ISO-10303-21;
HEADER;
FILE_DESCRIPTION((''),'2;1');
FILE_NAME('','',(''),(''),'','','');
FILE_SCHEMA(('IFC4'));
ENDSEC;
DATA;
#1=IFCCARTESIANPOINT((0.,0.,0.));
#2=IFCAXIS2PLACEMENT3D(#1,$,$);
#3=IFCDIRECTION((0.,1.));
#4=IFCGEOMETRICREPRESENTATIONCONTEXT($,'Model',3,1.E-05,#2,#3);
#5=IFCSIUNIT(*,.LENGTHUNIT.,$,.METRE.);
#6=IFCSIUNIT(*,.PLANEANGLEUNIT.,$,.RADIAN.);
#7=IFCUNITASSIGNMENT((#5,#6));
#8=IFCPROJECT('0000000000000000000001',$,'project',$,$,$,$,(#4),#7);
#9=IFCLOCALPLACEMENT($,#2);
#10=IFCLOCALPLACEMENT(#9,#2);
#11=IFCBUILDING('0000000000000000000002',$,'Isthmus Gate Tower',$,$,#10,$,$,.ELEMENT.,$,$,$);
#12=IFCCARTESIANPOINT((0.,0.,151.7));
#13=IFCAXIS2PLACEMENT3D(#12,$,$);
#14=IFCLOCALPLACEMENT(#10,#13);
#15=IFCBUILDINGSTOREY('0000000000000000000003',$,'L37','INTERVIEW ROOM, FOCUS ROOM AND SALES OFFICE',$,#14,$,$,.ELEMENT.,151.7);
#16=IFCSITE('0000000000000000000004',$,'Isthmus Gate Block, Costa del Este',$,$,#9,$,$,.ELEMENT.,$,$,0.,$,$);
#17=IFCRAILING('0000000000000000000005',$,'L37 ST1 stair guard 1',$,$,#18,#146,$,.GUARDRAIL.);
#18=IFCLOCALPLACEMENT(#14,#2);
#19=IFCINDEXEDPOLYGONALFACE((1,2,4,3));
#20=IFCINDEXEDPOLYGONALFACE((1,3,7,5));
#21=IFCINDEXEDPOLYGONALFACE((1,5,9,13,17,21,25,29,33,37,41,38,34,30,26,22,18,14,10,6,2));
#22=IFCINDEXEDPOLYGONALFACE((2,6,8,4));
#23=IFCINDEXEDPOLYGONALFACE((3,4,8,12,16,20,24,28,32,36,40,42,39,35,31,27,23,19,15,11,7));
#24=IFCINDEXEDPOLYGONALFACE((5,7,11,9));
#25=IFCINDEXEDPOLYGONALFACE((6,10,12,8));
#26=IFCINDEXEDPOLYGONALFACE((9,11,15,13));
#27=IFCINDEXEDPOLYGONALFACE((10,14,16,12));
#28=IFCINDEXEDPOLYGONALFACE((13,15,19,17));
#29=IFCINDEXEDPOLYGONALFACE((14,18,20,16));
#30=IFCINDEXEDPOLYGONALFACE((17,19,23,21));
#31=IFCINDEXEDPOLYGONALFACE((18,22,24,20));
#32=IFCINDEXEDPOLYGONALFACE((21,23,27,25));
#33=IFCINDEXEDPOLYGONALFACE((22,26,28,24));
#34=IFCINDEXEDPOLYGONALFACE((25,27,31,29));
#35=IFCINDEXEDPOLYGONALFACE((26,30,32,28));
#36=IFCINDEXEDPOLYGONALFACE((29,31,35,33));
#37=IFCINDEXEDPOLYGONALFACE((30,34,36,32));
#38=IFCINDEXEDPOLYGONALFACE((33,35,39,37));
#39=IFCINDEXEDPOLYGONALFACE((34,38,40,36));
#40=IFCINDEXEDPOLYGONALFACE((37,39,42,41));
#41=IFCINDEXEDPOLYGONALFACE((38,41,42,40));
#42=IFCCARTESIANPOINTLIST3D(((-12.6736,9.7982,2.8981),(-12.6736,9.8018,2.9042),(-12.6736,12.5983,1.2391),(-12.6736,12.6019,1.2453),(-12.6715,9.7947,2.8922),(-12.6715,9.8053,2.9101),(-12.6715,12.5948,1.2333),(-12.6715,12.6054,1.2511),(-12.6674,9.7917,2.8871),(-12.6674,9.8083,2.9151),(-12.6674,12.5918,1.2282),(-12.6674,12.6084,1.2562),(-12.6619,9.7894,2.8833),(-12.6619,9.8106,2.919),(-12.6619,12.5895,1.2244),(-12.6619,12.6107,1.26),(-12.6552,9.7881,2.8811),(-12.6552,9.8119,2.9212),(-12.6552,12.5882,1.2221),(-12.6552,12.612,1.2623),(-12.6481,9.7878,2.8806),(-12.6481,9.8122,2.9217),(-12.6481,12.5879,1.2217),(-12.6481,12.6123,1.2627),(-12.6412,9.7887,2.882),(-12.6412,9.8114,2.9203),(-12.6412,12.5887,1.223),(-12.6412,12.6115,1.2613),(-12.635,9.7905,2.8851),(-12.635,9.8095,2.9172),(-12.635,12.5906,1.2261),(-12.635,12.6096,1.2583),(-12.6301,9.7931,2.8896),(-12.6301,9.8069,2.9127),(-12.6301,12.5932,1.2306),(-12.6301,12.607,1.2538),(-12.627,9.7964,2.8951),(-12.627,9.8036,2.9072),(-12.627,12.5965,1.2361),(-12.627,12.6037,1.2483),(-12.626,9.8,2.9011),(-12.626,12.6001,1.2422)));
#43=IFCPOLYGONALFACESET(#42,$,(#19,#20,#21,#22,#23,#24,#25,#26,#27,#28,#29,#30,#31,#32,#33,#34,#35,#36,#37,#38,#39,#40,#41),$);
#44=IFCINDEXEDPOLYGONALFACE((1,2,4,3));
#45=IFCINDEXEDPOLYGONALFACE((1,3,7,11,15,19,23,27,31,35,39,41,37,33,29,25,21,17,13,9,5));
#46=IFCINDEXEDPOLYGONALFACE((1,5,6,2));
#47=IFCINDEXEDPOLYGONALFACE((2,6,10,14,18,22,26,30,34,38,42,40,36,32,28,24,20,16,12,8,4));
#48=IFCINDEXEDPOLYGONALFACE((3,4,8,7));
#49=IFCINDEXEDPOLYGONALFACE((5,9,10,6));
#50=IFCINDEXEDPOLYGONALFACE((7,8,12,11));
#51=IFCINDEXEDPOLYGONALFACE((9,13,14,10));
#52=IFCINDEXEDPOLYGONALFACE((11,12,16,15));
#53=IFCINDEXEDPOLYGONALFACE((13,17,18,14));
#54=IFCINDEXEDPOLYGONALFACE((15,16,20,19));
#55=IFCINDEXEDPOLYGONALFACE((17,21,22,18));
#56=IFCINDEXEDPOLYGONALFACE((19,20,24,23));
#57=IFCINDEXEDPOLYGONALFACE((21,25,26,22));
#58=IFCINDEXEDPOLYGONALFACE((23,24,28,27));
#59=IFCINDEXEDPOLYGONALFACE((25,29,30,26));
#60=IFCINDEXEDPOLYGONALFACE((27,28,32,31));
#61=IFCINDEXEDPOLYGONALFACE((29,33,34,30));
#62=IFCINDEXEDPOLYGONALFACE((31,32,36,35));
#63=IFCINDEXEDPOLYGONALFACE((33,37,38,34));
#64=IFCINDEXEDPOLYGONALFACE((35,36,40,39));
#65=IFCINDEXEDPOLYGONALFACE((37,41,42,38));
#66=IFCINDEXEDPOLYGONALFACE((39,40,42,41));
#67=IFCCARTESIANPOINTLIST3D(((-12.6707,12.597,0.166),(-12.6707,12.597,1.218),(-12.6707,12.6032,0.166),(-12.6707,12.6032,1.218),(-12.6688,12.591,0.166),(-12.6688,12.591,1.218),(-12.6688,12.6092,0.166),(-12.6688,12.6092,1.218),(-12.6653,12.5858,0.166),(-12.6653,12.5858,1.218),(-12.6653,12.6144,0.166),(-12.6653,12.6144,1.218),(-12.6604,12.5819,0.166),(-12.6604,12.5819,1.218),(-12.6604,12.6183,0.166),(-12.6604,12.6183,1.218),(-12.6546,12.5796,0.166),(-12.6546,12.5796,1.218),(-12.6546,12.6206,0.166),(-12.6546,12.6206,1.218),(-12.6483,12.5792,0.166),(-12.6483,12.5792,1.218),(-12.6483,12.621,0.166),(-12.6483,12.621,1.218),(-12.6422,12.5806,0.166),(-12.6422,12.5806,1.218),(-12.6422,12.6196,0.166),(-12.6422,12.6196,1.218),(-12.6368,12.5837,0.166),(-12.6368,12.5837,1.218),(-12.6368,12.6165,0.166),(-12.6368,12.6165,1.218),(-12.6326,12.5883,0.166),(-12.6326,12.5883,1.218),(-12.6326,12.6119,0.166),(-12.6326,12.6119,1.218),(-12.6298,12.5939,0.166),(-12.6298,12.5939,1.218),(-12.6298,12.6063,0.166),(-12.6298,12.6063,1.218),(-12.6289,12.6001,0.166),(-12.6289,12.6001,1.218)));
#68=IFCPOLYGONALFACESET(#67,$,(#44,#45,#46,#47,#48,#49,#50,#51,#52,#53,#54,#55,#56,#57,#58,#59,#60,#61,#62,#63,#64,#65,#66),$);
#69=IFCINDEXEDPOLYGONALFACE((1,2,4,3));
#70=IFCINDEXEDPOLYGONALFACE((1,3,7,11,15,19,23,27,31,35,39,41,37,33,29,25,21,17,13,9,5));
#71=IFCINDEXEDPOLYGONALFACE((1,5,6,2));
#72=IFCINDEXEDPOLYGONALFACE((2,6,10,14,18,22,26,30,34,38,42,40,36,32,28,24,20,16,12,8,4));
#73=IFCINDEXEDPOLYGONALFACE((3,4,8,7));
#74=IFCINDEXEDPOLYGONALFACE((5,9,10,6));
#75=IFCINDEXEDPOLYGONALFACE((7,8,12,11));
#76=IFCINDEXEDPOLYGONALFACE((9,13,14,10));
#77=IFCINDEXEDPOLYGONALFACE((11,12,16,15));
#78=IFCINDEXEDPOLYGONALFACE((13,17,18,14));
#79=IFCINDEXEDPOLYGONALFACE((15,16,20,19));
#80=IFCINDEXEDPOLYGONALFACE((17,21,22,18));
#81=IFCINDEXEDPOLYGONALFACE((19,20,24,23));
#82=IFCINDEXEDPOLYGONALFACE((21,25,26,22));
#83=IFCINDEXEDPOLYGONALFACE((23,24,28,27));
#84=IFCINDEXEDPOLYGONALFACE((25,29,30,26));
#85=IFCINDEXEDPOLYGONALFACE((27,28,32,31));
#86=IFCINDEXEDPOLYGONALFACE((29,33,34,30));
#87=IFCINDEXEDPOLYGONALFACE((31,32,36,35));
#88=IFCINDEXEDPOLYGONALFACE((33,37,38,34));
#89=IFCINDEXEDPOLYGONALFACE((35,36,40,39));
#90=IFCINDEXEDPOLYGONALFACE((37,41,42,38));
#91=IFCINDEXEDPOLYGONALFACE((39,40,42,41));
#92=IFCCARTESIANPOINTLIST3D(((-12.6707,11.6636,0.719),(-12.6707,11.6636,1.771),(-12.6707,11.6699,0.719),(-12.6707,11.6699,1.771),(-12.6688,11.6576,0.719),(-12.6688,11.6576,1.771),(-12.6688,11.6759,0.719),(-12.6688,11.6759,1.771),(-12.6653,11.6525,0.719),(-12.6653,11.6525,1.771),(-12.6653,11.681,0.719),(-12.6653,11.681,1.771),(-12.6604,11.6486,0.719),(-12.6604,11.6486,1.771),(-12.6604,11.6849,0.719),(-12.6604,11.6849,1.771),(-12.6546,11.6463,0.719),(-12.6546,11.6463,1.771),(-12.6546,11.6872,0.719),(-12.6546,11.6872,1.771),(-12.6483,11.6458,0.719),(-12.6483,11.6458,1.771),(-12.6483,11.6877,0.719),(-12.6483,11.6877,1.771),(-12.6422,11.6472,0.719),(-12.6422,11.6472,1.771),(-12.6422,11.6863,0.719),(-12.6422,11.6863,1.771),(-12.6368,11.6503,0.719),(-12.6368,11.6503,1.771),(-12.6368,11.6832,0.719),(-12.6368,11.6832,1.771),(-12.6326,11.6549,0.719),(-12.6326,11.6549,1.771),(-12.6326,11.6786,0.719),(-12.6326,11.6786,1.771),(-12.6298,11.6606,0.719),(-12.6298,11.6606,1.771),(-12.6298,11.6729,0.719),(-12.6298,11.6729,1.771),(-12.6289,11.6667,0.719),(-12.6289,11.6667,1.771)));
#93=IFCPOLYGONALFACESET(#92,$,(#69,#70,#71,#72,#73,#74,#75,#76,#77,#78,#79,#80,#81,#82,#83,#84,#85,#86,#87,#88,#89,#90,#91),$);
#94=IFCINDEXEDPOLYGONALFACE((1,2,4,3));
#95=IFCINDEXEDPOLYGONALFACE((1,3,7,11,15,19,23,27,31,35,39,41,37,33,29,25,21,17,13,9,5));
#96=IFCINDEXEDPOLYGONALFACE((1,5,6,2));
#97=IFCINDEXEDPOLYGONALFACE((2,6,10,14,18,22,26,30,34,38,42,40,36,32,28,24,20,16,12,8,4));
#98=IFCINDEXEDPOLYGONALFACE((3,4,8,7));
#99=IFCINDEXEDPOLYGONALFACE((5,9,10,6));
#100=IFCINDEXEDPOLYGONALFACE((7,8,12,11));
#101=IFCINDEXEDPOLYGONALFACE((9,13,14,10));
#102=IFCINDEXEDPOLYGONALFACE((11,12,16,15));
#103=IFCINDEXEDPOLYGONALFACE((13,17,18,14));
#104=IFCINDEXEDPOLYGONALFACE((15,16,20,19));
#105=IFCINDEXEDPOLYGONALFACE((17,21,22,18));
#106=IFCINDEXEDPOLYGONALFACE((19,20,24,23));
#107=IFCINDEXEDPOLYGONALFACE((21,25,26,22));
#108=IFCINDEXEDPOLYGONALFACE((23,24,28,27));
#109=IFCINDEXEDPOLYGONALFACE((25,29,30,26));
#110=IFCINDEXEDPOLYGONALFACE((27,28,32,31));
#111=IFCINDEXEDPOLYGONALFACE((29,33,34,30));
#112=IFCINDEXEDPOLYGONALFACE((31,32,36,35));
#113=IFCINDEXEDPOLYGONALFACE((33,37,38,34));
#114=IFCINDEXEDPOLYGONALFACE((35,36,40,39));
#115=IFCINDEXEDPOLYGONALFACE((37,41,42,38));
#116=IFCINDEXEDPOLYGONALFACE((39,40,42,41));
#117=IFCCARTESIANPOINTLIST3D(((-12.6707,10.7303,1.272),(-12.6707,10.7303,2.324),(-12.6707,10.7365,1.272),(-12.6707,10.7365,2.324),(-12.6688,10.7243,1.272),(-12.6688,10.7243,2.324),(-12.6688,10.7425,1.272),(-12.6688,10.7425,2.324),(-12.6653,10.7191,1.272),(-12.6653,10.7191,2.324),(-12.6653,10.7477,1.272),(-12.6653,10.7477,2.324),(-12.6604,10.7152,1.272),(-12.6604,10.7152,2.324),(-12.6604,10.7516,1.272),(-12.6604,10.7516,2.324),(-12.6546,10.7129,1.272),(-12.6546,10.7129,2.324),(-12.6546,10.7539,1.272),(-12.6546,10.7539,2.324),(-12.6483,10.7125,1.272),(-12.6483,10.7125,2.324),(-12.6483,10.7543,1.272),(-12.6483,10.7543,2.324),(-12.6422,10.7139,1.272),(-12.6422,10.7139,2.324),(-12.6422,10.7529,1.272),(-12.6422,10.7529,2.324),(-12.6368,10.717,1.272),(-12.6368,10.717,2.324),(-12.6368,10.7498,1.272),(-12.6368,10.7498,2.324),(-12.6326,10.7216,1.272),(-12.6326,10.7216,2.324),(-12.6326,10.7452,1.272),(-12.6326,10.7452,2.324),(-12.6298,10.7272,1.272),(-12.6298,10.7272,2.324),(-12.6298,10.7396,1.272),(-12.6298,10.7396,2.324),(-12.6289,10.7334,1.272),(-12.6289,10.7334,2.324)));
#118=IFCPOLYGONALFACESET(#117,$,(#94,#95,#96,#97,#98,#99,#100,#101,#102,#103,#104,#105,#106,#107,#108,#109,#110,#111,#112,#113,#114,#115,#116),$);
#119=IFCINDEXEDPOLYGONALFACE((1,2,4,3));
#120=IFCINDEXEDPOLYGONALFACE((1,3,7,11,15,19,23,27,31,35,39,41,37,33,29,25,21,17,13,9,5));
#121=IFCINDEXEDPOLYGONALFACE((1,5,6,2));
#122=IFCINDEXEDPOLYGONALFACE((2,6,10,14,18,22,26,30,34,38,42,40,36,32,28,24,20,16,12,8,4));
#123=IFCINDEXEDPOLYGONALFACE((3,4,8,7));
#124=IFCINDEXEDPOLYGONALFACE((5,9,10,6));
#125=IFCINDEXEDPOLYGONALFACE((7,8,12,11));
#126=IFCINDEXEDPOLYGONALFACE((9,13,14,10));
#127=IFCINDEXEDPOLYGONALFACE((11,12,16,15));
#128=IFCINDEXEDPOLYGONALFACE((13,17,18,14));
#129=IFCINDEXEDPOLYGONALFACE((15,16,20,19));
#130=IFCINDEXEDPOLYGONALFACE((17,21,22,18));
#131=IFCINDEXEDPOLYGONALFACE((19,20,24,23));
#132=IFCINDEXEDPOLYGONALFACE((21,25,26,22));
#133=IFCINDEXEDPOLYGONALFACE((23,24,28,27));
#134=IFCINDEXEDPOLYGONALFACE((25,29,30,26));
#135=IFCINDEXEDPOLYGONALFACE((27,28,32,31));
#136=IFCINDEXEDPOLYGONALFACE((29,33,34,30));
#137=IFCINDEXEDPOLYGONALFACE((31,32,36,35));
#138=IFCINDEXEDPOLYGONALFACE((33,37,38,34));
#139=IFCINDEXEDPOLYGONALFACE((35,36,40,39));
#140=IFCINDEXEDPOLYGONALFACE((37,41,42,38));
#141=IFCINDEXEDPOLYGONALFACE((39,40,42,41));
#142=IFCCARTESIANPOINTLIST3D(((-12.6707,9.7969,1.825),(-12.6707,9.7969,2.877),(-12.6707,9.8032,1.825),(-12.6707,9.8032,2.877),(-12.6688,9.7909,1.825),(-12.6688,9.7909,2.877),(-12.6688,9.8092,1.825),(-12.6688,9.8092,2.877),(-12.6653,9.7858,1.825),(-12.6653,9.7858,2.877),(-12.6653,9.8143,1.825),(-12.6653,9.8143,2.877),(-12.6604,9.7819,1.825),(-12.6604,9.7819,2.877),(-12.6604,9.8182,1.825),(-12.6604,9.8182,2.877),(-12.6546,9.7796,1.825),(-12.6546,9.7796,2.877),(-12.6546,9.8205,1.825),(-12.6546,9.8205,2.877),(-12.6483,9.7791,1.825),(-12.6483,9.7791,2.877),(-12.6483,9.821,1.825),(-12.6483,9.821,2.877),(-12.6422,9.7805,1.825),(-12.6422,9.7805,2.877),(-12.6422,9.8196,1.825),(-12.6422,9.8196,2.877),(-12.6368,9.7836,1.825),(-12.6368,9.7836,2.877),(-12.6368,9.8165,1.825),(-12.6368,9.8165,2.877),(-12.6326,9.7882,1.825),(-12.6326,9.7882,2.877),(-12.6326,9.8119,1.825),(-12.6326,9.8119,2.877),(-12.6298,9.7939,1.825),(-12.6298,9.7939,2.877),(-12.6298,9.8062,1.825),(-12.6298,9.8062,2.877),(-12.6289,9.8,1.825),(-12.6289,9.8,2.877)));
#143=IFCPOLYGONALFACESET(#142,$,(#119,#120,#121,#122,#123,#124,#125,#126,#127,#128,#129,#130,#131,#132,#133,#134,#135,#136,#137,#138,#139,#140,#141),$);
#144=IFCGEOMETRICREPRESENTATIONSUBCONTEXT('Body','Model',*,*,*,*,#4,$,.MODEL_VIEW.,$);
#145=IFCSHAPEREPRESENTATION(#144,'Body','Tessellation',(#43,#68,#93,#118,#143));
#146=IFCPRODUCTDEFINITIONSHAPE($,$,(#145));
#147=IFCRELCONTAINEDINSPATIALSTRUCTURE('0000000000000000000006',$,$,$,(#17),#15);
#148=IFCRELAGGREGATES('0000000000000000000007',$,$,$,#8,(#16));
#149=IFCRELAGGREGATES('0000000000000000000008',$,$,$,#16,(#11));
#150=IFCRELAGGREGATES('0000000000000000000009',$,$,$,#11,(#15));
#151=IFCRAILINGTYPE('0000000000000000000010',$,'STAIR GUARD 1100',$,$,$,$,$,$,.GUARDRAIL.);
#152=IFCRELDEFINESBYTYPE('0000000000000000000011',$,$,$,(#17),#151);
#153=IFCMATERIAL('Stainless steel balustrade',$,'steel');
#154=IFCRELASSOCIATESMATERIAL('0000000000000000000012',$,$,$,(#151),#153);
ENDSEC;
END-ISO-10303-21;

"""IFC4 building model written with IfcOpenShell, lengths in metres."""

from ifc_helpers import new_model, si_unit, direction, frame, origin, origin_2d, place, context, subcontext, project, spatial, circle, extrude, material, type_object, element, save


model = new_model("IFC4")

# Units and contexts
model_context = context("Model", 3, precision=1e-05, world=origin(), true_north=direction((0.0, 1.0)))
body_context = subcontext(model_context, "Body", "Model", "MODEL_VIEW")
ifc_project = project(units=[si_unit("LENGTHUNIT", "METRE"), si_unit("PLANEANGLEUNIT", "RADIAN")], contexts=[model_context])

# Site, building, storey
site_placement = place(None, origin())
site = spatial("IfcSite", under=ifc_project, at=site_placement, Name="Isthmus Gate Block, Costa del Este", CompositionType="ELEMENT", RefElevation=0.0)
building_placement = place(site_placement, origin())
building = spatial("IfcBuilding", under=site, at=building_placement, Name="Isthmus Gate Tower", CompositionType="ELEMENT")
storey_placement = place(building_placement, frame((0.0, 0.0, 151.7)))
storey = spatial("IfcBuildingStorey", under=building, at=storey_placement, Name="L37", Description="INTERVIEW ROOM, FOCUS ROOM AND SALES OFFICE", CompositionType="ELEMENT", Elevation=151.7)

# Railing
ifc_material_1 = material(Name="Stainless steel balustrade", Category="steel")
railing_type_1 = type_object("IfcRailingType", Name="STAIR GUARD 1100", PredefinedType="GUARDRAIL", material=ifc_material_1)
railing_1_placement = place(storey_placement, frame((-12.6499, 12.6001, 0.166)))
element("IfcRailing", 1, at=railing_1_placement, inside=storey, type_object=railing_type_1, Name="L37 ST1 stair guard 1", PredefinedType="GUARDRAIL", context=body_context, shape_type="SweptSolid", body=[
    extrude(circle(Radius=0.0239, at=origin_2d()), frame((0.0, 0.0, 1.0762), z_axis=(0.0, -0.860339, 0.509722), x_axis=(1.0, 0.0, 0.0)), (0.0, 0.0, 1.0), 3.2546),
    extrude(circle(Radius=0.021, at=origin_2d()), origin(), (0.0, 0.0, 1.0), 1.052),
    extrude(circle(Radius=0.021, at=origin_2d()), frame((0.0, -0.9333, 0.553)), (0.0, 0.0, 1.0), 1.052),
    extrude(circle(Radius=0.021, at=origin_2d()), frame((0.0, -1.8667, 1.106)), (0.0, 0.0, 1.0), 1.052),
    extrude(circle(Radius=0.021, at=origin_2d()), frame((0.0, -2.8, 1.6589)), (0.0, 0.0, 1.0), 1.052),
])

save(model, "model.ifc")
